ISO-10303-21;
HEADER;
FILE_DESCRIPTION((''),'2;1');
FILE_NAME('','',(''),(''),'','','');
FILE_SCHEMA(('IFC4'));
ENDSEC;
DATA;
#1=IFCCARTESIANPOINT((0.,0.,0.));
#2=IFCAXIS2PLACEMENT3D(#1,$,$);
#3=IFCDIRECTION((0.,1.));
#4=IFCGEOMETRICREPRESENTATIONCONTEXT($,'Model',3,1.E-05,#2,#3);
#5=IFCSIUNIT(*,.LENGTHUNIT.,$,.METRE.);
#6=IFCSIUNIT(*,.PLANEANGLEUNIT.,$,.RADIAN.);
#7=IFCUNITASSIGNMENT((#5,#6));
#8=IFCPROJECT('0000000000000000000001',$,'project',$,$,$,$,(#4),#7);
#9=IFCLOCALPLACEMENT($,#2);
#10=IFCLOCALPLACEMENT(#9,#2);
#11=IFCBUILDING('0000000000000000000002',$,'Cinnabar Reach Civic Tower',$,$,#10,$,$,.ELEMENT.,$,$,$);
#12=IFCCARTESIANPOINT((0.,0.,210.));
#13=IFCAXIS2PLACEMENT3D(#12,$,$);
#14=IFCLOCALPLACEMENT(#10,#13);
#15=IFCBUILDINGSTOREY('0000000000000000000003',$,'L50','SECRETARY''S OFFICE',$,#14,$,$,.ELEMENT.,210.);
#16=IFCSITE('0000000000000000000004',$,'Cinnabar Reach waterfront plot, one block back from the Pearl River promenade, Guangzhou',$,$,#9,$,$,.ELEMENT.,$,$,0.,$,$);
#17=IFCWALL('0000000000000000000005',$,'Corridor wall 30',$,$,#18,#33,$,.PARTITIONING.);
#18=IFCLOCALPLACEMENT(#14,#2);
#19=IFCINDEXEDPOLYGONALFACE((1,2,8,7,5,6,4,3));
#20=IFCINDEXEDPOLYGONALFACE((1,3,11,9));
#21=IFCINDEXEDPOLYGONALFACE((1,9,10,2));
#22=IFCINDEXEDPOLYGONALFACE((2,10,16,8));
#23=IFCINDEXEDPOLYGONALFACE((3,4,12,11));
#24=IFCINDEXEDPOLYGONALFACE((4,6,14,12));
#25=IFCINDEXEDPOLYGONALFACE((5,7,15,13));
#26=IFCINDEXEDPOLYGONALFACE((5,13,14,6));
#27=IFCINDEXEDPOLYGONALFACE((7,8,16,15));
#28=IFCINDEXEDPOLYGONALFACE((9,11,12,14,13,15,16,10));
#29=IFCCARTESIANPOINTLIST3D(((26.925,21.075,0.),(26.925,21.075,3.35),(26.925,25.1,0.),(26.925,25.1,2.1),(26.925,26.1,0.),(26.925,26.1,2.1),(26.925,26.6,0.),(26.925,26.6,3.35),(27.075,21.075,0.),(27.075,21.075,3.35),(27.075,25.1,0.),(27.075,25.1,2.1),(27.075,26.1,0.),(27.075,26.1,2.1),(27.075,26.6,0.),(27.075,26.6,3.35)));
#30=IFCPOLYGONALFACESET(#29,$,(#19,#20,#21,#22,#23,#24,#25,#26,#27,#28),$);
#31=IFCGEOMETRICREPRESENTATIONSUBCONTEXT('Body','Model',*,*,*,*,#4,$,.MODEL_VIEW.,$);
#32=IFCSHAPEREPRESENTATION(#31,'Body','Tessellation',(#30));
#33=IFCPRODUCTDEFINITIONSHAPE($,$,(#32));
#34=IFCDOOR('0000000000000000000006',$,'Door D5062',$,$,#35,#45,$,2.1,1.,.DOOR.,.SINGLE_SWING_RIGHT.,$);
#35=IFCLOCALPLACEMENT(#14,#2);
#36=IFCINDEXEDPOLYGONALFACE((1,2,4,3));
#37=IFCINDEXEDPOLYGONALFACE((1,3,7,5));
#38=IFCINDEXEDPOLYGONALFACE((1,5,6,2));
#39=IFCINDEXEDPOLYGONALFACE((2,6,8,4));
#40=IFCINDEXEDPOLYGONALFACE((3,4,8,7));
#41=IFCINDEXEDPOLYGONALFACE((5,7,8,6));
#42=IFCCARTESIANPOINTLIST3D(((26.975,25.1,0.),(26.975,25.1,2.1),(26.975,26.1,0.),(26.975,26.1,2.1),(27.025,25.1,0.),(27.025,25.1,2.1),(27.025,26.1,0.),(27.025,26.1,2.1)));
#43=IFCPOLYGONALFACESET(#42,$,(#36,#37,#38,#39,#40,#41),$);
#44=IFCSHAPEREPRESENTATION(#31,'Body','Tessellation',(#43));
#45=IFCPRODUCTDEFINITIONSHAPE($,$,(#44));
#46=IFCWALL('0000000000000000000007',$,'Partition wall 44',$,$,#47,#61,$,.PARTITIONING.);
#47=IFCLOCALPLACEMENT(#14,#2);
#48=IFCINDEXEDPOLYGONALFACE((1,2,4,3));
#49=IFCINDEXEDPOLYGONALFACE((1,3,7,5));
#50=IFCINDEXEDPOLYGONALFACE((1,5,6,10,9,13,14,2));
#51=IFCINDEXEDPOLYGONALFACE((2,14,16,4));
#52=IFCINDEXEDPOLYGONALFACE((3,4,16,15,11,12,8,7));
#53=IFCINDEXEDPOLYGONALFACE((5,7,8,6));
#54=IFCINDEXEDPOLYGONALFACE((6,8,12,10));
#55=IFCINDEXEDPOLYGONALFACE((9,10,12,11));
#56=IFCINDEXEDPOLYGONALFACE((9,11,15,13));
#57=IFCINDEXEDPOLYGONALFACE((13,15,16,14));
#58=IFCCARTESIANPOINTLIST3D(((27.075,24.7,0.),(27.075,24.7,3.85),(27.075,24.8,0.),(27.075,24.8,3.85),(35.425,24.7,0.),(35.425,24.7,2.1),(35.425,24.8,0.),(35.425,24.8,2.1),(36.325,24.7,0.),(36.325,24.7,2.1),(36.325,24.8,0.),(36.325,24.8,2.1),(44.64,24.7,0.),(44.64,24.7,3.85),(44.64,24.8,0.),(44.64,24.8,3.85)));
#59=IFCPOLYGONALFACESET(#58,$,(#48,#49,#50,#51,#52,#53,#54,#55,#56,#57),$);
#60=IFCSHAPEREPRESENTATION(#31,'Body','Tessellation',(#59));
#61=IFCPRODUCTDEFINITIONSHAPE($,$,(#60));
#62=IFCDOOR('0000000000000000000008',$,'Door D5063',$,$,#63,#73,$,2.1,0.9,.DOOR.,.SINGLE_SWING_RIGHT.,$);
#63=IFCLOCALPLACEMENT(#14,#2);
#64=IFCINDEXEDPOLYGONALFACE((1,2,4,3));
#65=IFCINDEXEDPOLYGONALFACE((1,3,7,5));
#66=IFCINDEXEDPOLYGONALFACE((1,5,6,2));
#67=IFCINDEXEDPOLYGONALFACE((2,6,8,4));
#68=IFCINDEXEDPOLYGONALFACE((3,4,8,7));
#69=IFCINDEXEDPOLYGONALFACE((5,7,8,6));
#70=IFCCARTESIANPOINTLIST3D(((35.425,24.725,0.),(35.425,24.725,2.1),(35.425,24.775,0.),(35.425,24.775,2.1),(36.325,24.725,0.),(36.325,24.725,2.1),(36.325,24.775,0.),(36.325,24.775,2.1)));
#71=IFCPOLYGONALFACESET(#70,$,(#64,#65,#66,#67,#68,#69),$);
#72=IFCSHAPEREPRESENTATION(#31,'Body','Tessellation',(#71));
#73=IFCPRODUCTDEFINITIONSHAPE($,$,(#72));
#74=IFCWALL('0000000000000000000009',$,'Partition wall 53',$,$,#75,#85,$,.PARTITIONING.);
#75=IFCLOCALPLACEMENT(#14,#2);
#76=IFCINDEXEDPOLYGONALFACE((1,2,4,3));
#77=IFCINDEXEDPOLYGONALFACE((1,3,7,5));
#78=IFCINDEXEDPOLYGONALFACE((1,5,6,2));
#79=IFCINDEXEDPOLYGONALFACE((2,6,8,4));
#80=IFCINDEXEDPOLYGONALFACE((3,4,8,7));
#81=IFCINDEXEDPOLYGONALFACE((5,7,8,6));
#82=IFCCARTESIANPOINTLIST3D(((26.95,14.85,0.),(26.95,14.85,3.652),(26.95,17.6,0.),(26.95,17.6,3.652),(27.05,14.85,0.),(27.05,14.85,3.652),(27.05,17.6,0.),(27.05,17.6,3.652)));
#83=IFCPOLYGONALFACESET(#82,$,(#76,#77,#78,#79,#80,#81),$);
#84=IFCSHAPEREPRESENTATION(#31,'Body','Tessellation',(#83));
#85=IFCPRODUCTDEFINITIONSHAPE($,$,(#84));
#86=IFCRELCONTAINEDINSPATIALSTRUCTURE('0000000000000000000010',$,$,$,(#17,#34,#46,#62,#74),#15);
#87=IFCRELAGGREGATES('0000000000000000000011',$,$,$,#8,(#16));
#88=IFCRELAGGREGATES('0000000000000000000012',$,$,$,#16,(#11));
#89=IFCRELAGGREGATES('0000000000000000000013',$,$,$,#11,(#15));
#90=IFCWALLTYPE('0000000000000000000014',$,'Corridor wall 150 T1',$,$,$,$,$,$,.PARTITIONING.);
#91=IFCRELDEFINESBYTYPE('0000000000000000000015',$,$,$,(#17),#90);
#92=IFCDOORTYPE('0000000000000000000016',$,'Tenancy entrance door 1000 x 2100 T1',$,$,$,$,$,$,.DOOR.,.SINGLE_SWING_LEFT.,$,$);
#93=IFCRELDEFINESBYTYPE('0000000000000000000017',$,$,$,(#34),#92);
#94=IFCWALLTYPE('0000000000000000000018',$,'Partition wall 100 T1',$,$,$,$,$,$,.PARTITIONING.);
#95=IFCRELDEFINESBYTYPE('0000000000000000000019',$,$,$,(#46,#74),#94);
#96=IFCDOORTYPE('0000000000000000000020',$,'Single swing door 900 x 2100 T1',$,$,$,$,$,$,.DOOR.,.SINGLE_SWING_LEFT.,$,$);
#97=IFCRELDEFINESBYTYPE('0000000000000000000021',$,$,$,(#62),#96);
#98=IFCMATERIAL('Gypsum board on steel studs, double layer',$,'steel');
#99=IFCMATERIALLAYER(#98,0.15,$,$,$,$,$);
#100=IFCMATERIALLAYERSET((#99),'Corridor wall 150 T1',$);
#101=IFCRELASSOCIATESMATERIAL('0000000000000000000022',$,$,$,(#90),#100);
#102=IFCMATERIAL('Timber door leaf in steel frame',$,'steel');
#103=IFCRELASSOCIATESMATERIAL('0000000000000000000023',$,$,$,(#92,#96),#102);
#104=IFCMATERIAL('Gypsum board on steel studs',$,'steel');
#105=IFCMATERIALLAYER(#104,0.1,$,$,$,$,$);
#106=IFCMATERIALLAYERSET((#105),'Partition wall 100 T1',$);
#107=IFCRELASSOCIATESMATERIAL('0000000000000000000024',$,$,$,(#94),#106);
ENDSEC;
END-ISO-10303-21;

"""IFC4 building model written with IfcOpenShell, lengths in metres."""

from ifc_helpers import new_model, si_unit, direction, frame, frame_2d, origin, place, context, subcontext, project, spatial, rectangle, extrude, material, layer, layer_set, type_object, element, fill, save


model = new_model("IFC4")

# Units and contexts
model_context = context("Model", 3, precision=1e-05, world=origin(), true_north=direction((0.0, 1.0)))
body_context = subcontext(model_context, "Body", "Model", "MODEL_VIEW")
ifc_project = project(units=[si_unit("LENGTHUNIT", "METRE"), si_unit("PLANEANGLEUNIT", "RADIAN")], contexts=[model_context])

# Site, building, storey
site_placement = place(None, origin())
site = spatial("IfcSite", under=ifc_project, at=site_placement, Name="Cinnabar Reach waterfront plot, one block back from the Pearl River promenade, Guangzhou", CompositionType="ELEMENT", RefElevation=0.0)
building_placement = place(site_placement, origin())
building = spatial("IfcBuilding", under=site, at=building_placement, Name="Cinnabar Reach Civic Tower", CompositionType="ELEMENT")
storey_placement = place(building_placement, frame((0.0, 0.0, 210.0)))
storey = spatial("IfcBuildingStorey", under=building, at=storey_placement, Name="L50", Description="SECRETARY'S OFFICE", CompositionType="ELEMENT", Elevation=210.0)

# Shared definitions
ifc_material_1 = material(Name="Timber door leaf in steel frame", Category="steel")
ifc_material_2 = material(Name="Gypsum board on steel studs, double layer", Category="steel")
ifc_layer_1 = layer(ifc_material_2, 0.15)
ifc_layer_set_1 = layer_set([ifc_layer_1], Name="Corridor wall 150 T1")
wall_type_1 = type_object("IfcWallType", Name="Corridor wall 150 T1", PredefinedType="PARTITIONING", material=ifc_layer_set_1)

# Walls, openings, doors
wall_1_placement = place(storey_placement, frame((27.0, 21.075, 0.0), z_axis=(0.0, 0.0, 1.0), x_axis=(0.0, 1.0, 0.0)))
wall_1 = element("IfcWall", 1, at=wall_1_placement, inside=storey, type_object=wall_type_1, Name="Corridor wall 30", PredefinedType="PARTITIONING", context=body_context, shape_type="SweptSolid", body=[
    extrude(rectangle(XDim=5.525, YDim=0.15, at=frame_2d((2.7625, 0.0))), origin(), (0.0, 0.0, 1.0), 3.35),
])
opening_1_placement = place(wall_1_placement, frame((4.025, 0.0, 0.0)))
opening_1 = element("IfcOpeningElement", 2, at=opening_1_placement, cuts=wall_1, PredefinedType="OPENING", context=body_context, shape_type="SweptSolid", body=[
    extrude(rectangle(XDim=1.0, YDim=2.1, at=frame_2d((0.5, 1.05))), frame((0.0, 0.085, 0.0), z_axis=(0.0, -1.0, 0.0), x_axis=(1.0, 0.0, 0.0)), (0.0, 0.0, 1.0), 0.17),
])
door_type_1 = type_object("IfcDoorType", Name="Tenancy entrance door 1000 x 2100 T1", OperationType="SINGLE_SWING_LEFT", PredefinedType="DOOR", material=ifc_material_1)
door_1_placement = place(opening_1_placement, frame((1.0, 0.0, 0.0), z_axis=(0.0, 0.0, 1.0), x_axis=(-1.0, 0.0, 0.0)))
door_1 = element("IfcDoor", 3, at=door_1_placement, inside=storey, type_object=door_type_1, Name="Door D5062", OperationType="SINGLE_SWING_RIGHT", OverallHeight=2.1, OverallWidth=1.0, PredefinedType="DOOR", context=body_context, shape_type="SweptSolid", body=[
    extrude(rectangle(XDim=1.0, YDim=2.1, at=frame_2d((0.5, 1.05))), frame((0.0, 0.025, 0.0), z_axis=(0.0, -1.0, 0.0), x_axis=(1.0, 0.0, 0.0)), (0.0, 0.0, 1.0), 0.05),
])
fill(opening_1, door_1)
ifc_material_3 = material(Name="Gypsum board on steel studs", Category="steel")
ifc_layer_2 = layer(ifc_material_3, 0.1)
ifc_layer_set_2 = layer_set([ifc_layer_2], Name="Partition wall 100 T1")
wall_type_2 = type_object("IfcWallType", Name="Partition wall 100 T1", PredefinedType="PARTITIONING", material=ifc_layer_set_2)
wall_2_placement = place(storey_placement, frame((27.075, 24.75, 0.0), z_axis=(0.0, 0.0, 1.0), x_axis=(1.0, 0.0, 0.0)))
wall_2 = element("IfcWall", 4, at=wall_2_placement, inside=storey, type_object=wall_type_2, Name="Partition wall 44", PredefinedType="PARTITIONING", context=body_context, shape_type="SweptSolid", body=[
    extrude(rectangle(XDim=17.565, YDim=0.1, at=frame_2d((8.7825, 0.0))), origin(), (0.0, 0.0, 1.0), 3.85),
])
opening_2_placement = place(wall_2_placement, frame((8.35, 0.0, 0.0)))
opening_2 = element("IfcOpeningElement", 5, at=opening_2_placement, cuts=wall_2, PredefinedType="OPENING", context=body_context, shape_type="SweptSolid", body=[
    extrude(rectangle(XDim=0.9, YDim=2.1, at=frame_2d((0.45, 1.05))), frame((0.0, 0.06, 0.0), z_axis=(0.0, -1.0, 0.0), x_axis=(1.0, 0.0, 0.0)), (0.0, 0.0, 1.0), 0.12),
])
door_type_2 = type_object("IfcDoorType", Name="Single swing door 900 x 2100 T1", OperationType="SINGLE_SWING_LEFT", PredefinedType="DOOR", material=ifc_material_1)
door_2_placement = place(opening_2_placement, frame((0.9, 0.0, 0.0), z_axis=(0.0, 0.0, 1.0), x_axis=(-1.0, 0.0, 0.0)))
door_2 = element("IfcDoor", 6, at=door_2_placement, inside=storey, type_object=door_type_2, Name="Door D5063", OperationType="SINGLE_SWING_RIGHT", OverallHeight=2.1, OverallWidth=0.9, PredefinedType="DOOR", context=body_context, shape_type="SweptSolid", body=[
    extrude(rectangle(XDim=0.9, YDim=2.1, at=frame_2d((0.45, 1.05))), frame((0.0, 0.025, 0.0), z_axis=(0.0, -1.0, 0.0), x_axis=(1.0, 0.0, 0.0)), (0.0, 0.0, 1.0), 0.05),
])
fill(opening_2, door_2)

# Wall
wall_3_placement = place(storey_placement, frame((27.0, 14.85, 0.0), z_axis=(0.0, 0.0, 1.0), x_axis=(0.0, 1.0, 0.0)))
element("IfcWall", 7, at=wall_3_placement, inside=storey, type_object=wall_type_2, Name="Partition wall 53", PredefinedType="PARTITIONING", context=body_context, shape_type="SweptSolid", body=[
    extrude(rectangle(XDim=2.75, YDim=0.1, at=frame_2d((1.375, 0.0))), origin(), (0.0, 0.0, 1.0), 3.652),
])

save(model, "model.ifc")
